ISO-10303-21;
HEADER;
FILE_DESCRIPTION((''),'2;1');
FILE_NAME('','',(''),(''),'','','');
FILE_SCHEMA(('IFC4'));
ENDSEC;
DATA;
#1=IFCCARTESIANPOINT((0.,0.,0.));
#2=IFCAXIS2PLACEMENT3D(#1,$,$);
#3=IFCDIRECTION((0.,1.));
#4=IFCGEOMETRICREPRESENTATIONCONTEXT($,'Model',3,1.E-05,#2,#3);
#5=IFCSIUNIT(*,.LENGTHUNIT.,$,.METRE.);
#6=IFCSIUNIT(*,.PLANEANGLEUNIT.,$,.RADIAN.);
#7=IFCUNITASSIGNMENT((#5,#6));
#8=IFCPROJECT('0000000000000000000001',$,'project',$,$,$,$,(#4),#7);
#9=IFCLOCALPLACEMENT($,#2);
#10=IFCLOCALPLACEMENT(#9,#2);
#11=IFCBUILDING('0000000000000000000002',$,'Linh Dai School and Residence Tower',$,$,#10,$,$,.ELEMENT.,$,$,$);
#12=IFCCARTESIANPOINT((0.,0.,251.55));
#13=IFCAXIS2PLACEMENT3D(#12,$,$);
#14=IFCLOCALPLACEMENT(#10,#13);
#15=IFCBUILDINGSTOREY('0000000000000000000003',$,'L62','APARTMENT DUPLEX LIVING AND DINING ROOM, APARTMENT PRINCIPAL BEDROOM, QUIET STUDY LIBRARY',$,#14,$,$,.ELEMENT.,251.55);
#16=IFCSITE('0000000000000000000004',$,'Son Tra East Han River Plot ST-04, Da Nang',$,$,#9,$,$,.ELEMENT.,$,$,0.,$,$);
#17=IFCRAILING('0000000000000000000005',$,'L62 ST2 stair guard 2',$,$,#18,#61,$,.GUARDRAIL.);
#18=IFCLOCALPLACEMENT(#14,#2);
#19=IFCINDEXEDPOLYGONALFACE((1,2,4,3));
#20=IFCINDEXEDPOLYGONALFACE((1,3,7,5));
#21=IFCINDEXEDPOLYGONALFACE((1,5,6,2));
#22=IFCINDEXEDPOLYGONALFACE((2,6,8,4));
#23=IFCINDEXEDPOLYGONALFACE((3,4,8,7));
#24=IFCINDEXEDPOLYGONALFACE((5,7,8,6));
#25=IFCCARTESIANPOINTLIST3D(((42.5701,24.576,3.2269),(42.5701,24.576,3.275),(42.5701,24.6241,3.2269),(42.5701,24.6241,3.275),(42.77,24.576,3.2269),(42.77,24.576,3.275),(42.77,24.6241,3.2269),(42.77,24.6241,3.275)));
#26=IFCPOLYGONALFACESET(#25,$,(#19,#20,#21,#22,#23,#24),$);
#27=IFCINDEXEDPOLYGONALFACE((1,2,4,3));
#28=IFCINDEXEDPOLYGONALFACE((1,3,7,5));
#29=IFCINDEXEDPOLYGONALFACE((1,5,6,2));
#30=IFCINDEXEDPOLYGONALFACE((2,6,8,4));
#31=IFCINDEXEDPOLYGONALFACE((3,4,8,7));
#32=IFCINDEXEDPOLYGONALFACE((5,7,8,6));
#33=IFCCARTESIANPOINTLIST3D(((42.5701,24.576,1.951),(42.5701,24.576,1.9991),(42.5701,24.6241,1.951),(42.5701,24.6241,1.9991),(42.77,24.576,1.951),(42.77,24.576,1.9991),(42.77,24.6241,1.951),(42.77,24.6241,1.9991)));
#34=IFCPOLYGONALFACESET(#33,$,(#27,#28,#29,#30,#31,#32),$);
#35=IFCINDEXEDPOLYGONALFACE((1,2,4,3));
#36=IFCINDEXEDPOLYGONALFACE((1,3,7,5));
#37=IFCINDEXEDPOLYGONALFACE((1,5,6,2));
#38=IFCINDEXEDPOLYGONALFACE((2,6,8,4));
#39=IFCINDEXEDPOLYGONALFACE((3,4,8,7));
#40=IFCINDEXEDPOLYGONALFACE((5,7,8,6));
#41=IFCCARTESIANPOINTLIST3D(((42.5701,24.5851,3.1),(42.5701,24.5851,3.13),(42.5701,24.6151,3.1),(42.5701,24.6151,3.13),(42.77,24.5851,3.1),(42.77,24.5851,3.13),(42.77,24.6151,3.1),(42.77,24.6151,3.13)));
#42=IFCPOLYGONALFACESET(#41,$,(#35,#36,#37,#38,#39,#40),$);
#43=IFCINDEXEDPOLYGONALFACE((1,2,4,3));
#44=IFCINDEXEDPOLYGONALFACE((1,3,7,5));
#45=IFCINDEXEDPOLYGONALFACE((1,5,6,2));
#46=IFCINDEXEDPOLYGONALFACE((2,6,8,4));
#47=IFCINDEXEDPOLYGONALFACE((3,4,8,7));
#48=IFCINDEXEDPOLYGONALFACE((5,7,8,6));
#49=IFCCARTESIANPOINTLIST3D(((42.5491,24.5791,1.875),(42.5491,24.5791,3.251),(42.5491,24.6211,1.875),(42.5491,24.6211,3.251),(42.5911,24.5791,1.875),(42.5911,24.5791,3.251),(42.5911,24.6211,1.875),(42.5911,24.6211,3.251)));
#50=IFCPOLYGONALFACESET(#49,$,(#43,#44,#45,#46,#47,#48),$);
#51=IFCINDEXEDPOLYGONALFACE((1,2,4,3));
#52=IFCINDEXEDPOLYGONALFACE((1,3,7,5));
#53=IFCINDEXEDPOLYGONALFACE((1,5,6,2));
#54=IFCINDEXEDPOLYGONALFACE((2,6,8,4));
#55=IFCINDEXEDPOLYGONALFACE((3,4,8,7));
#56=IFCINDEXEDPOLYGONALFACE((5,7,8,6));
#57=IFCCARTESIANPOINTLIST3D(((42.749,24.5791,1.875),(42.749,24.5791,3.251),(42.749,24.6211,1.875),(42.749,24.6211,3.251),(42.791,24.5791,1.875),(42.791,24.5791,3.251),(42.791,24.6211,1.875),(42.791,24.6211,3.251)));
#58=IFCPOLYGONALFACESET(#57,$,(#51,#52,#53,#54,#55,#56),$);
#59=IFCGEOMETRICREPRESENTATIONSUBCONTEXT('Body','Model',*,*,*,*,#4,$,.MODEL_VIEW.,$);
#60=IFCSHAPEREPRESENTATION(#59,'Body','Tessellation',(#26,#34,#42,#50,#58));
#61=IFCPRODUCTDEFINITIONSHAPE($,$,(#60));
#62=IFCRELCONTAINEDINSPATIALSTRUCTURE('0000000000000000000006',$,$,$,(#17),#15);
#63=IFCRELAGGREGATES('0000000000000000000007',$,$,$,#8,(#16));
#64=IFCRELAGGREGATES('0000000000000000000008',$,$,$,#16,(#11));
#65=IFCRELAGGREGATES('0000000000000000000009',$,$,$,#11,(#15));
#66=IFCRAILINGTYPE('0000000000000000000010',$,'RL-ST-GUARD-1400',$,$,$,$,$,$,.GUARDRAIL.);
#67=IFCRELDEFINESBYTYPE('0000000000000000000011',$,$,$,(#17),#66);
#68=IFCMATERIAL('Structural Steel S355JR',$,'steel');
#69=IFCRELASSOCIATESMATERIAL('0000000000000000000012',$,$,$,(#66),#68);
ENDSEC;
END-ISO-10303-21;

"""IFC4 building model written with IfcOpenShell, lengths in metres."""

from ifc_helpers import new_model, si_unit, direction, frame, origin, origin_2d, place, context, subcontext, project, spatial, rectangle, extrude, source, transform, mapped, material, type_object, element, save


model = new_model("IFC4")

# Units and contexts
model_context = context("Model", 3, precision=1e-05, world=origin(), true_north=direction((0.0, 1.0)))
body_context = subcontext(model_context, "Body", "Model", "MODEL_VIEW")
ifc_project = project(units=[si_unit("LENGTHUNIT", "METRE"), si_unit("PLANEANGLEUNIT", "RADIAN")], contexts=[model_context])

# Site, building, storey
site_placement = place(None, origin())
site = spatial("IfcSite", under=ifc_project, at=site_placement, Name="Son Tra East Han River Plot ST-04, Da Nang", CompositionType="ELEMENT", RefElevation=0.0)
building_placement = place(site_placement, origin())
building = spatial("IfcBuilding", under=site, at=building_placement, Name="Linh Dai School and Residence Tower", CompositionType="ELEMENT")
storey_placement = place(building_placement, frame((0.0, 0.0, 251.55)))
storey = spatial("IfcBuildingStorey", under=building, at=storey_placement, Name="L62", Description="APARTMENT DUPLEX LIVING AND DINING ROOM, APARTMENT PRINCIPAL BEDROOM, QUIET STUDY LIBRARY", CompositionType="ELEMENT", Elevation=251.55)

# Shared definitions
ifc_material_1 = material(Name="Structural Steel S355JR", Category="steel")

# Railing
railing_type_1 = type_object("IfcRailingType", Name="RL-ST-GUARD-1400", PredefinedType="GUARDRAIL", material=ifc_material_1)
shared_shape_1 = source(origin(), body_context, "Body", "SweptSolid", [
    extrude(rectangle(XDim=0.0481, YDim=0.0481, at=origin_2d()), frame((0.0, 0.0, 1.376), z_axis=(1.0, 0.0, 0.0), x_axis=(0.0, 1.0, 0.0)), (0.0, 0.0, 1.0), 0.2),
    extrude(rectangle(XDim=0.0481, YDim=0.0481, at=origin_2d()), frame((0.0, 0.0, 0.1001), z_axis=(1.0, 0.0, 0.0), x_axis=(0.0, 1.0, 0.0)), (0.0, 0.0, 1.0), 0.2),
    extrude(rectangle(XDim=0.03, YDim=0.03, at=origin_2d()), frame((0.0, 0.0, 1.24), z_axis=(1.0, 0.0, 0.0), x_axis=(0.0, 1.0, 0.0)), (0.0, 0.0, 1.0), 0.2),
    extrude(rectangle(XDim=0.042, YDim=0.042, at=origin_2d()), origin(), (0.0, 0.0, 1.0), 1.376),
    extrude(rectangle(XDim=0.042, YDim=0.042, at=origin_2d()), frame((0.2, 0.0, 0.0)), (0.0, 0.0, 1.0), 1.376),
])
railing_1_placement = place(storey_placement, frame((42.5701, 24.6001, 1.875)))
element("IfcRailing", 1, at=railing_1_placement, inside=storey, type_object=railing_type_1, Name="L62 ST2 stair guard 2", PredefinedType="GUARDRAIL", context=body_context, shape_type="MappedRepresentation", body=[
    mapped(shared_shape_1, transform((0.0, 0.0, 0.0), x_axis=(1.0, 0.0, 0.0), y_axis=(0.0, 1.0, 0.0), z_axis=(0.0, 0.0, 1.0), scale=1.0)),
])

save(model, "model.ifc")
